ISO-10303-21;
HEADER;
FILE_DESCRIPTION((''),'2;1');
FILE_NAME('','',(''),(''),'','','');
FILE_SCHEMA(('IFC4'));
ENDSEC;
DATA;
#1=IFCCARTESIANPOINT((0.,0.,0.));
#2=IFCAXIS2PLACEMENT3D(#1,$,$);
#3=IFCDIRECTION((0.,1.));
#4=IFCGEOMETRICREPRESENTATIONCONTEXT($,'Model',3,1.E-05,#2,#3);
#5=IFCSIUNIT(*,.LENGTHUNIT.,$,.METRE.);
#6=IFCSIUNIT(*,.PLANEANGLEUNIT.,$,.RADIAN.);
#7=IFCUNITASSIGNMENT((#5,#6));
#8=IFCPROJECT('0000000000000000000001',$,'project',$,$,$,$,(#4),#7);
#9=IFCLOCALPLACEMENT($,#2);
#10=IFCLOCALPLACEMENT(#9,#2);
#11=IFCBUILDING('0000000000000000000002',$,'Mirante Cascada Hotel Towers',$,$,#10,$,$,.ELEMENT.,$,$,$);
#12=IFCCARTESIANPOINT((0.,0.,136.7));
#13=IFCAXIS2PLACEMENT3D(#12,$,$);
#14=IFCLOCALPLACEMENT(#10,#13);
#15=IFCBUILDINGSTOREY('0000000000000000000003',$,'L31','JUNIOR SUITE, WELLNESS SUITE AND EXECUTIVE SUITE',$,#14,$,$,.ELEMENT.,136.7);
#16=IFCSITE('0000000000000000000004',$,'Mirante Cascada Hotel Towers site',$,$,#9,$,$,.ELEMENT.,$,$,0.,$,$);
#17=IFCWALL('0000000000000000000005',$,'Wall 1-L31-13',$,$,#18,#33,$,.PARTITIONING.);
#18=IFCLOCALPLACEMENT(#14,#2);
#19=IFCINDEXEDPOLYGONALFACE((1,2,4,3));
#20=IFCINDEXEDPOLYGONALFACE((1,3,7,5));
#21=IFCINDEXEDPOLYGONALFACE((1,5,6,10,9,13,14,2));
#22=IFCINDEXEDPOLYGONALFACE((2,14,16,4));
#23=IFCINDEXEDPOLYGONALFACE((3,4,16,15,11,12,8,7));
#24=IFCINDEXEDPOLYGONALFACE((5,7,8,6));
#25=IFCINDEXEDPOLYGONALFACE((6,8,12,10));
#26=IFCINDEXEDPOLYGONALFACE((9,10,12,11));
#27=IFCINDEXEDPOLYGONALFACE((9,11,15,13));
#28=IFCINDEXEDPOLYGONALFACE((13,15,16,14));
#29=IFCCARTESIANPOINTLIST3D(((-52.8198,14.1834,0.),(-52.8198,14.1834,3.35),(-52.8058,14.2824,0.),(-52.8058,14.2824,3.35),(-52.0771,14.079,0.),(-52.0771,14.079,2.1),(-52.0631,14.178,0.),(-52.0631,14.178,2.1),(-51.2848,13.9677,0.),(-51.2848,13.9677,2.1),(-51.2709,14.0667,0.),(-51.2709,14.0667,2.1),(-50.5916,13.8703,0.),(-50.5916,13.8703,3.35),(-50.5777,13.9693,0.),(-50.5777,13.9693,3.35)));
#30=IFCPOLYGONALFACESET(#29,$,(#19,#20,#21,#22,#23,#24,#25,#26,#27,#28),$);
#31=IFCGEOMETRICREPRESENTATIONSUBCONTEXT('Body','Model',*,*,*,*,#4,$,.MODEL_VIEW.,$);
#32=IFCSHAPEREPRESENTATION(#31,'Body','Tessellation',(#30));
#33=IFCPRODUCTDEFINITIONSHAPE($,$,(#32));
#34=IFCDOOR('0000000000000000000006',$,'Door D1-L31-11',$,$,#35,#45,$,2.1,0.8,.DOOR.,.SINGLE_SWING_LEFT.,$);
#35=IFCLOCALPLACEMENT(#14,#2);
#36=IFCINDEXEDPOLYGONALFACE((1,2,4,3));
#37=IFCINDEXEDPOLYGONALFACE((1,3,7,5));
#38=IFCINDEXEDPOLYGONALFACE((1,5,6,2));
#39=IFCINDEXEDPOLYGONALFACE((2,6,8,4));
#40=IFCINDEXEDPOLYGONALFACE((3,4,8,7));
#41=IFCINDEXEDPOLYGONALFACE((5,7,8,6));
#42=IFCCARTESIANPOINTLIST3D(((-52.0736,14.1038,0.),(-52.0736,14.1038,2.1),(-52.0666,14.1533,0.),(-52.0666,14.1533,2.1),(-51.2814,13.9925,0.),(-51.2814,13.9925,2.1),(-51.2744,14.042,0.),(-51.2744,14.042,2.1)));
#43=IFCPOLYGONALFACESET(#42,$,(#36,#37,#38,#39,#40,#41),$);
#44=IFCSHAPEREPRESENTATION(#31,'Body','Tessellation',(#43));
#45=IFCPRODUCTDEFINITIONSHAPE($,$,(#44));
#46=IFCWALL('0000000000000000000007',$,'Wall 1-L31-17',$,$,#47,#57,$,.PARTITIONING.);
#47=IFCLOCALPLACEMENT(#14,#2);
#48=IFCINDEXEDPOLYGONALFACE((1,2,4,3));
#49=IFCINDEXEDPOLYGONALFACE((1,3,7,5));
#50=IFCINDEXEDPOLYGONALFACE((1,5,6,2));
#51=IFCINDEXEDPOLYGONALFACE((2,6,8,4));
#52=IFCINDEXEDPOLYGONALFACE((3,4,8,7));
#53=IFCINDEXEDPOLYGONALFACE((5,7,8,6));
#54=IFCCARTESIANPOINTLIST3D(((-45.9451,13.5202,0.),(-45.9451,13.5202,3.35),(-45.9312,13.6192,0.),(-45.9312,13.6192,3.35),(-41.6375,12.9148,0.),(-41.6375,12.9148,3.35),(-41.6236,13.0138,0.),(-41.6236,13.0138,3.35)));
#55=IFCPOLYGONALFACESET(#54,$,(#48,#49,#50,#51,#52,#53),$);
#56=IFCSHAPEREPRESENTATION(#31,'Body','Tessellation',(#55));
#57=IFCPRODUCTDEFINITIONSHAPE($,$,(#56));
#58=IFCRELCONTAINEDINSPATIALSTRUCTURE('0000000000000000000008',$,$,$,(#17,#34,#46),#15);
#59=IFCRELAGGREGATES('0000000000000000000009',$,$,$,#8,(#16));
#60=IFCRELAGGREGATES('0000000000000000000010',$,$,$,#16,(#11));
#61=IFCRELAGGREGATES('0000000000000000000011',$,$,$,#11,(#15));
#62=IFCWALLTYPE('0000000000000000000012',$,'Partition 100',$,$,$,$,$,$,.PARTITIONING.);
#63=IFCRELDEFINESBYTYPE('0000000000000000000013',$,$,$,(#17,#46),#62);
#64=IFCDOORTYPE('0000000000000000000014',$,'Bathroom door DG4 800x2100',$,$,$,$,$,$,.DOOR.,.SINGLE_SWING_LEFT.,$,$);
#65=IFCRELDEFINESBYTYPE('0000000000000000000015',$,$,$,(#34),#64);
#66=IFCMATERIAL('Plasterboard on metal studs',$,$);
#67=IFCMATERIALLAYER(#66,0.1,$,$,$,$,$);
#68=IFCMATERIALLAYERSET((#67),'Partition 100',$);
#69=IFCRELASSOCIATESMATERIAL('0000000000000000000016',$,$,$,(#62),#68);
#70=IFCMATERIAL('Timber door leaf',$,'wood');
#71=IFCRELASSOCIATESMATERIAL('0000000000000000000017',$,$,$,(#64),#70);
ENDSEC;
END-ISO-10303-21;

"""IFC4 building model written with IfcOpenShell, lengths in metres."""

from ifc_helpers import new_model, si_unit, direction, frame, frame_2d, origin, place, context, subcontext, project, spatial, rectangle, extrude, material, layer, layer_set, type_object, element, fill, save


model = new_model("IFC4")

# Units and contexts
model_context = context("Model", 3, precision=1e-05, world=origin(), true_north=direction((0.0, 1.0)))
body_context = subcontext(model_context, "Body", "Model", "MODEL_VIEW")
ifc_project = project(units=[si_unit("LENGTHUNIT", "METRE"), si_unit("PLANEANGLEUNIT", "RADIAN")], contexts=[model_context])

# Site, building, storey
site_placement = place(None, origin())
site = spatial("IfcSite", under=ifc_project, at=site_placement, Name="Mirante Cascada Hotel Towers site", CompositionType="ELEMENT", RefElevation=0.0)
building_placement = place(site_placement, origin())
building = spatial("IfcBuilding", under=site, at=building_placement, Name="Mirante Cascada Hotel Towers", CompositionType="ELEMENT")
storey_placement = place(building_placement, frame((0.0, 0.0, 136.7)))
storey = spatial("IfcBuildingStorey", under=building, at=storey_placement, Name="L31", Description="JUNIOR SUITE, WELLNESS SUITE AND EXECUTIVE SUITE", CompositionType="ELEMENT", Elevation=136.7)

# Wall, opening, door
ifc_material_1 = material(Name="Plasterboard on metal studs")
ifc_layer_1 = layer(ifc_material_1, 0.1)
ifc_layer_set_1 = layer_set([ifc_layer_1], Name="Partition 100")
wall_type_1 = type_object("IfcWallType", Name="Partition 100", PredefinedType="PARTITIONING", material=ifc_layer_set_1)
wall_1_placement = place(storey_placement, frame((-52.8128, 14.2329, 0.0), z_axis=(0.0, 0.0, 1.0), x_axis=(0.990271, -0.139156, 0.0)))
wall_1 = element("IfcWall", 1, at=wall_1_placement, inside=storey, type_object=wall_type_1, Name="Wall 1-L31-13", PredefinedType="PARTITIONING", context=body_context, shape_type="SweptSolid", body=[
    extrude(rectangle(XDim=2.25, YDim=0.1, at=frame_2d((1.125, 0.0))), origin(), (0.0, 0.0, 1.0), 3.35),
])
opening_placement = place(wall_1_placement, frame((0.75, 0.0, 0.0)))
opening = element("IfcOpeningElement", 2, at=opening_placement, cuts=wall_1, PredefinedType="OPENING", context=body_context, shape_type="SweptSolid", body=[
    extrude(rectangle(XDim=0.8, YDim=2.1, at=frame_2d((0.4, 1.05))), frame((0.0, 0.05, 0.0), z_axis=(0.0, -1.0, 0.0), x_axis=(1.0, 0.0, 0.0)), (0.0, 0.0, 1.0), 0.1),
])
ifc_material_2 = material(Name="Timber door leaf", Category="wood")
door_type = type_object("IfcDoorType", Name="Bathroom door DG4 800x2100", OperationType="SINGLE_SWING_LEFT", PredefinedType="DOOR", material=ifc_material_2)
door_placement = place(opening_placement, origin())
door = element("IfcDoor", 3, at=door_placement, inside=storey, type_object=door_type, Name="Door D1-L31-11", OperationType="SINGLE_SWING_LEFT", OverallHeight=2.1, OverallWidth=0.8, PredefinedType="DOOR", context=body_context, shape_type="SweptSolid", body=[
    extrude(rectangle(XDim=0.8, YDim=2.1, at=frame_2d((0.4, 1.05))), frame((0.0, 0.025, 0.0), z_axis=(0.0, -1.0, 0.0), x_axis=(1.0, 0.0, 0.0)), (0.0, 0.0, 1.0), 0.05),
])
fill(opening, door)

# Wall
wall_2_placement = place(storey_placement, frame((-45.9382, 13.5697, 0.0), z_axis=(0.0, 0.0, 1.0), x_axis=(0.990268, -0.139175, 0.0)))
element("IfcWall", 4, at=wall_2_placement, inside=storey, type_object=wall_type_1, Name="Wall 1-L31-17", PredefinedType="PARTITIONING", context=body_context, shape_type="SweptSolid", body=[
    extrude(rectangle(XDim=4.3499, YDim=0.1, at=frame_2d((2.175, 0.0))), origin(), (0.0, 0.0, 1.0), 3.35),
])

save(model, "model.ifc")
